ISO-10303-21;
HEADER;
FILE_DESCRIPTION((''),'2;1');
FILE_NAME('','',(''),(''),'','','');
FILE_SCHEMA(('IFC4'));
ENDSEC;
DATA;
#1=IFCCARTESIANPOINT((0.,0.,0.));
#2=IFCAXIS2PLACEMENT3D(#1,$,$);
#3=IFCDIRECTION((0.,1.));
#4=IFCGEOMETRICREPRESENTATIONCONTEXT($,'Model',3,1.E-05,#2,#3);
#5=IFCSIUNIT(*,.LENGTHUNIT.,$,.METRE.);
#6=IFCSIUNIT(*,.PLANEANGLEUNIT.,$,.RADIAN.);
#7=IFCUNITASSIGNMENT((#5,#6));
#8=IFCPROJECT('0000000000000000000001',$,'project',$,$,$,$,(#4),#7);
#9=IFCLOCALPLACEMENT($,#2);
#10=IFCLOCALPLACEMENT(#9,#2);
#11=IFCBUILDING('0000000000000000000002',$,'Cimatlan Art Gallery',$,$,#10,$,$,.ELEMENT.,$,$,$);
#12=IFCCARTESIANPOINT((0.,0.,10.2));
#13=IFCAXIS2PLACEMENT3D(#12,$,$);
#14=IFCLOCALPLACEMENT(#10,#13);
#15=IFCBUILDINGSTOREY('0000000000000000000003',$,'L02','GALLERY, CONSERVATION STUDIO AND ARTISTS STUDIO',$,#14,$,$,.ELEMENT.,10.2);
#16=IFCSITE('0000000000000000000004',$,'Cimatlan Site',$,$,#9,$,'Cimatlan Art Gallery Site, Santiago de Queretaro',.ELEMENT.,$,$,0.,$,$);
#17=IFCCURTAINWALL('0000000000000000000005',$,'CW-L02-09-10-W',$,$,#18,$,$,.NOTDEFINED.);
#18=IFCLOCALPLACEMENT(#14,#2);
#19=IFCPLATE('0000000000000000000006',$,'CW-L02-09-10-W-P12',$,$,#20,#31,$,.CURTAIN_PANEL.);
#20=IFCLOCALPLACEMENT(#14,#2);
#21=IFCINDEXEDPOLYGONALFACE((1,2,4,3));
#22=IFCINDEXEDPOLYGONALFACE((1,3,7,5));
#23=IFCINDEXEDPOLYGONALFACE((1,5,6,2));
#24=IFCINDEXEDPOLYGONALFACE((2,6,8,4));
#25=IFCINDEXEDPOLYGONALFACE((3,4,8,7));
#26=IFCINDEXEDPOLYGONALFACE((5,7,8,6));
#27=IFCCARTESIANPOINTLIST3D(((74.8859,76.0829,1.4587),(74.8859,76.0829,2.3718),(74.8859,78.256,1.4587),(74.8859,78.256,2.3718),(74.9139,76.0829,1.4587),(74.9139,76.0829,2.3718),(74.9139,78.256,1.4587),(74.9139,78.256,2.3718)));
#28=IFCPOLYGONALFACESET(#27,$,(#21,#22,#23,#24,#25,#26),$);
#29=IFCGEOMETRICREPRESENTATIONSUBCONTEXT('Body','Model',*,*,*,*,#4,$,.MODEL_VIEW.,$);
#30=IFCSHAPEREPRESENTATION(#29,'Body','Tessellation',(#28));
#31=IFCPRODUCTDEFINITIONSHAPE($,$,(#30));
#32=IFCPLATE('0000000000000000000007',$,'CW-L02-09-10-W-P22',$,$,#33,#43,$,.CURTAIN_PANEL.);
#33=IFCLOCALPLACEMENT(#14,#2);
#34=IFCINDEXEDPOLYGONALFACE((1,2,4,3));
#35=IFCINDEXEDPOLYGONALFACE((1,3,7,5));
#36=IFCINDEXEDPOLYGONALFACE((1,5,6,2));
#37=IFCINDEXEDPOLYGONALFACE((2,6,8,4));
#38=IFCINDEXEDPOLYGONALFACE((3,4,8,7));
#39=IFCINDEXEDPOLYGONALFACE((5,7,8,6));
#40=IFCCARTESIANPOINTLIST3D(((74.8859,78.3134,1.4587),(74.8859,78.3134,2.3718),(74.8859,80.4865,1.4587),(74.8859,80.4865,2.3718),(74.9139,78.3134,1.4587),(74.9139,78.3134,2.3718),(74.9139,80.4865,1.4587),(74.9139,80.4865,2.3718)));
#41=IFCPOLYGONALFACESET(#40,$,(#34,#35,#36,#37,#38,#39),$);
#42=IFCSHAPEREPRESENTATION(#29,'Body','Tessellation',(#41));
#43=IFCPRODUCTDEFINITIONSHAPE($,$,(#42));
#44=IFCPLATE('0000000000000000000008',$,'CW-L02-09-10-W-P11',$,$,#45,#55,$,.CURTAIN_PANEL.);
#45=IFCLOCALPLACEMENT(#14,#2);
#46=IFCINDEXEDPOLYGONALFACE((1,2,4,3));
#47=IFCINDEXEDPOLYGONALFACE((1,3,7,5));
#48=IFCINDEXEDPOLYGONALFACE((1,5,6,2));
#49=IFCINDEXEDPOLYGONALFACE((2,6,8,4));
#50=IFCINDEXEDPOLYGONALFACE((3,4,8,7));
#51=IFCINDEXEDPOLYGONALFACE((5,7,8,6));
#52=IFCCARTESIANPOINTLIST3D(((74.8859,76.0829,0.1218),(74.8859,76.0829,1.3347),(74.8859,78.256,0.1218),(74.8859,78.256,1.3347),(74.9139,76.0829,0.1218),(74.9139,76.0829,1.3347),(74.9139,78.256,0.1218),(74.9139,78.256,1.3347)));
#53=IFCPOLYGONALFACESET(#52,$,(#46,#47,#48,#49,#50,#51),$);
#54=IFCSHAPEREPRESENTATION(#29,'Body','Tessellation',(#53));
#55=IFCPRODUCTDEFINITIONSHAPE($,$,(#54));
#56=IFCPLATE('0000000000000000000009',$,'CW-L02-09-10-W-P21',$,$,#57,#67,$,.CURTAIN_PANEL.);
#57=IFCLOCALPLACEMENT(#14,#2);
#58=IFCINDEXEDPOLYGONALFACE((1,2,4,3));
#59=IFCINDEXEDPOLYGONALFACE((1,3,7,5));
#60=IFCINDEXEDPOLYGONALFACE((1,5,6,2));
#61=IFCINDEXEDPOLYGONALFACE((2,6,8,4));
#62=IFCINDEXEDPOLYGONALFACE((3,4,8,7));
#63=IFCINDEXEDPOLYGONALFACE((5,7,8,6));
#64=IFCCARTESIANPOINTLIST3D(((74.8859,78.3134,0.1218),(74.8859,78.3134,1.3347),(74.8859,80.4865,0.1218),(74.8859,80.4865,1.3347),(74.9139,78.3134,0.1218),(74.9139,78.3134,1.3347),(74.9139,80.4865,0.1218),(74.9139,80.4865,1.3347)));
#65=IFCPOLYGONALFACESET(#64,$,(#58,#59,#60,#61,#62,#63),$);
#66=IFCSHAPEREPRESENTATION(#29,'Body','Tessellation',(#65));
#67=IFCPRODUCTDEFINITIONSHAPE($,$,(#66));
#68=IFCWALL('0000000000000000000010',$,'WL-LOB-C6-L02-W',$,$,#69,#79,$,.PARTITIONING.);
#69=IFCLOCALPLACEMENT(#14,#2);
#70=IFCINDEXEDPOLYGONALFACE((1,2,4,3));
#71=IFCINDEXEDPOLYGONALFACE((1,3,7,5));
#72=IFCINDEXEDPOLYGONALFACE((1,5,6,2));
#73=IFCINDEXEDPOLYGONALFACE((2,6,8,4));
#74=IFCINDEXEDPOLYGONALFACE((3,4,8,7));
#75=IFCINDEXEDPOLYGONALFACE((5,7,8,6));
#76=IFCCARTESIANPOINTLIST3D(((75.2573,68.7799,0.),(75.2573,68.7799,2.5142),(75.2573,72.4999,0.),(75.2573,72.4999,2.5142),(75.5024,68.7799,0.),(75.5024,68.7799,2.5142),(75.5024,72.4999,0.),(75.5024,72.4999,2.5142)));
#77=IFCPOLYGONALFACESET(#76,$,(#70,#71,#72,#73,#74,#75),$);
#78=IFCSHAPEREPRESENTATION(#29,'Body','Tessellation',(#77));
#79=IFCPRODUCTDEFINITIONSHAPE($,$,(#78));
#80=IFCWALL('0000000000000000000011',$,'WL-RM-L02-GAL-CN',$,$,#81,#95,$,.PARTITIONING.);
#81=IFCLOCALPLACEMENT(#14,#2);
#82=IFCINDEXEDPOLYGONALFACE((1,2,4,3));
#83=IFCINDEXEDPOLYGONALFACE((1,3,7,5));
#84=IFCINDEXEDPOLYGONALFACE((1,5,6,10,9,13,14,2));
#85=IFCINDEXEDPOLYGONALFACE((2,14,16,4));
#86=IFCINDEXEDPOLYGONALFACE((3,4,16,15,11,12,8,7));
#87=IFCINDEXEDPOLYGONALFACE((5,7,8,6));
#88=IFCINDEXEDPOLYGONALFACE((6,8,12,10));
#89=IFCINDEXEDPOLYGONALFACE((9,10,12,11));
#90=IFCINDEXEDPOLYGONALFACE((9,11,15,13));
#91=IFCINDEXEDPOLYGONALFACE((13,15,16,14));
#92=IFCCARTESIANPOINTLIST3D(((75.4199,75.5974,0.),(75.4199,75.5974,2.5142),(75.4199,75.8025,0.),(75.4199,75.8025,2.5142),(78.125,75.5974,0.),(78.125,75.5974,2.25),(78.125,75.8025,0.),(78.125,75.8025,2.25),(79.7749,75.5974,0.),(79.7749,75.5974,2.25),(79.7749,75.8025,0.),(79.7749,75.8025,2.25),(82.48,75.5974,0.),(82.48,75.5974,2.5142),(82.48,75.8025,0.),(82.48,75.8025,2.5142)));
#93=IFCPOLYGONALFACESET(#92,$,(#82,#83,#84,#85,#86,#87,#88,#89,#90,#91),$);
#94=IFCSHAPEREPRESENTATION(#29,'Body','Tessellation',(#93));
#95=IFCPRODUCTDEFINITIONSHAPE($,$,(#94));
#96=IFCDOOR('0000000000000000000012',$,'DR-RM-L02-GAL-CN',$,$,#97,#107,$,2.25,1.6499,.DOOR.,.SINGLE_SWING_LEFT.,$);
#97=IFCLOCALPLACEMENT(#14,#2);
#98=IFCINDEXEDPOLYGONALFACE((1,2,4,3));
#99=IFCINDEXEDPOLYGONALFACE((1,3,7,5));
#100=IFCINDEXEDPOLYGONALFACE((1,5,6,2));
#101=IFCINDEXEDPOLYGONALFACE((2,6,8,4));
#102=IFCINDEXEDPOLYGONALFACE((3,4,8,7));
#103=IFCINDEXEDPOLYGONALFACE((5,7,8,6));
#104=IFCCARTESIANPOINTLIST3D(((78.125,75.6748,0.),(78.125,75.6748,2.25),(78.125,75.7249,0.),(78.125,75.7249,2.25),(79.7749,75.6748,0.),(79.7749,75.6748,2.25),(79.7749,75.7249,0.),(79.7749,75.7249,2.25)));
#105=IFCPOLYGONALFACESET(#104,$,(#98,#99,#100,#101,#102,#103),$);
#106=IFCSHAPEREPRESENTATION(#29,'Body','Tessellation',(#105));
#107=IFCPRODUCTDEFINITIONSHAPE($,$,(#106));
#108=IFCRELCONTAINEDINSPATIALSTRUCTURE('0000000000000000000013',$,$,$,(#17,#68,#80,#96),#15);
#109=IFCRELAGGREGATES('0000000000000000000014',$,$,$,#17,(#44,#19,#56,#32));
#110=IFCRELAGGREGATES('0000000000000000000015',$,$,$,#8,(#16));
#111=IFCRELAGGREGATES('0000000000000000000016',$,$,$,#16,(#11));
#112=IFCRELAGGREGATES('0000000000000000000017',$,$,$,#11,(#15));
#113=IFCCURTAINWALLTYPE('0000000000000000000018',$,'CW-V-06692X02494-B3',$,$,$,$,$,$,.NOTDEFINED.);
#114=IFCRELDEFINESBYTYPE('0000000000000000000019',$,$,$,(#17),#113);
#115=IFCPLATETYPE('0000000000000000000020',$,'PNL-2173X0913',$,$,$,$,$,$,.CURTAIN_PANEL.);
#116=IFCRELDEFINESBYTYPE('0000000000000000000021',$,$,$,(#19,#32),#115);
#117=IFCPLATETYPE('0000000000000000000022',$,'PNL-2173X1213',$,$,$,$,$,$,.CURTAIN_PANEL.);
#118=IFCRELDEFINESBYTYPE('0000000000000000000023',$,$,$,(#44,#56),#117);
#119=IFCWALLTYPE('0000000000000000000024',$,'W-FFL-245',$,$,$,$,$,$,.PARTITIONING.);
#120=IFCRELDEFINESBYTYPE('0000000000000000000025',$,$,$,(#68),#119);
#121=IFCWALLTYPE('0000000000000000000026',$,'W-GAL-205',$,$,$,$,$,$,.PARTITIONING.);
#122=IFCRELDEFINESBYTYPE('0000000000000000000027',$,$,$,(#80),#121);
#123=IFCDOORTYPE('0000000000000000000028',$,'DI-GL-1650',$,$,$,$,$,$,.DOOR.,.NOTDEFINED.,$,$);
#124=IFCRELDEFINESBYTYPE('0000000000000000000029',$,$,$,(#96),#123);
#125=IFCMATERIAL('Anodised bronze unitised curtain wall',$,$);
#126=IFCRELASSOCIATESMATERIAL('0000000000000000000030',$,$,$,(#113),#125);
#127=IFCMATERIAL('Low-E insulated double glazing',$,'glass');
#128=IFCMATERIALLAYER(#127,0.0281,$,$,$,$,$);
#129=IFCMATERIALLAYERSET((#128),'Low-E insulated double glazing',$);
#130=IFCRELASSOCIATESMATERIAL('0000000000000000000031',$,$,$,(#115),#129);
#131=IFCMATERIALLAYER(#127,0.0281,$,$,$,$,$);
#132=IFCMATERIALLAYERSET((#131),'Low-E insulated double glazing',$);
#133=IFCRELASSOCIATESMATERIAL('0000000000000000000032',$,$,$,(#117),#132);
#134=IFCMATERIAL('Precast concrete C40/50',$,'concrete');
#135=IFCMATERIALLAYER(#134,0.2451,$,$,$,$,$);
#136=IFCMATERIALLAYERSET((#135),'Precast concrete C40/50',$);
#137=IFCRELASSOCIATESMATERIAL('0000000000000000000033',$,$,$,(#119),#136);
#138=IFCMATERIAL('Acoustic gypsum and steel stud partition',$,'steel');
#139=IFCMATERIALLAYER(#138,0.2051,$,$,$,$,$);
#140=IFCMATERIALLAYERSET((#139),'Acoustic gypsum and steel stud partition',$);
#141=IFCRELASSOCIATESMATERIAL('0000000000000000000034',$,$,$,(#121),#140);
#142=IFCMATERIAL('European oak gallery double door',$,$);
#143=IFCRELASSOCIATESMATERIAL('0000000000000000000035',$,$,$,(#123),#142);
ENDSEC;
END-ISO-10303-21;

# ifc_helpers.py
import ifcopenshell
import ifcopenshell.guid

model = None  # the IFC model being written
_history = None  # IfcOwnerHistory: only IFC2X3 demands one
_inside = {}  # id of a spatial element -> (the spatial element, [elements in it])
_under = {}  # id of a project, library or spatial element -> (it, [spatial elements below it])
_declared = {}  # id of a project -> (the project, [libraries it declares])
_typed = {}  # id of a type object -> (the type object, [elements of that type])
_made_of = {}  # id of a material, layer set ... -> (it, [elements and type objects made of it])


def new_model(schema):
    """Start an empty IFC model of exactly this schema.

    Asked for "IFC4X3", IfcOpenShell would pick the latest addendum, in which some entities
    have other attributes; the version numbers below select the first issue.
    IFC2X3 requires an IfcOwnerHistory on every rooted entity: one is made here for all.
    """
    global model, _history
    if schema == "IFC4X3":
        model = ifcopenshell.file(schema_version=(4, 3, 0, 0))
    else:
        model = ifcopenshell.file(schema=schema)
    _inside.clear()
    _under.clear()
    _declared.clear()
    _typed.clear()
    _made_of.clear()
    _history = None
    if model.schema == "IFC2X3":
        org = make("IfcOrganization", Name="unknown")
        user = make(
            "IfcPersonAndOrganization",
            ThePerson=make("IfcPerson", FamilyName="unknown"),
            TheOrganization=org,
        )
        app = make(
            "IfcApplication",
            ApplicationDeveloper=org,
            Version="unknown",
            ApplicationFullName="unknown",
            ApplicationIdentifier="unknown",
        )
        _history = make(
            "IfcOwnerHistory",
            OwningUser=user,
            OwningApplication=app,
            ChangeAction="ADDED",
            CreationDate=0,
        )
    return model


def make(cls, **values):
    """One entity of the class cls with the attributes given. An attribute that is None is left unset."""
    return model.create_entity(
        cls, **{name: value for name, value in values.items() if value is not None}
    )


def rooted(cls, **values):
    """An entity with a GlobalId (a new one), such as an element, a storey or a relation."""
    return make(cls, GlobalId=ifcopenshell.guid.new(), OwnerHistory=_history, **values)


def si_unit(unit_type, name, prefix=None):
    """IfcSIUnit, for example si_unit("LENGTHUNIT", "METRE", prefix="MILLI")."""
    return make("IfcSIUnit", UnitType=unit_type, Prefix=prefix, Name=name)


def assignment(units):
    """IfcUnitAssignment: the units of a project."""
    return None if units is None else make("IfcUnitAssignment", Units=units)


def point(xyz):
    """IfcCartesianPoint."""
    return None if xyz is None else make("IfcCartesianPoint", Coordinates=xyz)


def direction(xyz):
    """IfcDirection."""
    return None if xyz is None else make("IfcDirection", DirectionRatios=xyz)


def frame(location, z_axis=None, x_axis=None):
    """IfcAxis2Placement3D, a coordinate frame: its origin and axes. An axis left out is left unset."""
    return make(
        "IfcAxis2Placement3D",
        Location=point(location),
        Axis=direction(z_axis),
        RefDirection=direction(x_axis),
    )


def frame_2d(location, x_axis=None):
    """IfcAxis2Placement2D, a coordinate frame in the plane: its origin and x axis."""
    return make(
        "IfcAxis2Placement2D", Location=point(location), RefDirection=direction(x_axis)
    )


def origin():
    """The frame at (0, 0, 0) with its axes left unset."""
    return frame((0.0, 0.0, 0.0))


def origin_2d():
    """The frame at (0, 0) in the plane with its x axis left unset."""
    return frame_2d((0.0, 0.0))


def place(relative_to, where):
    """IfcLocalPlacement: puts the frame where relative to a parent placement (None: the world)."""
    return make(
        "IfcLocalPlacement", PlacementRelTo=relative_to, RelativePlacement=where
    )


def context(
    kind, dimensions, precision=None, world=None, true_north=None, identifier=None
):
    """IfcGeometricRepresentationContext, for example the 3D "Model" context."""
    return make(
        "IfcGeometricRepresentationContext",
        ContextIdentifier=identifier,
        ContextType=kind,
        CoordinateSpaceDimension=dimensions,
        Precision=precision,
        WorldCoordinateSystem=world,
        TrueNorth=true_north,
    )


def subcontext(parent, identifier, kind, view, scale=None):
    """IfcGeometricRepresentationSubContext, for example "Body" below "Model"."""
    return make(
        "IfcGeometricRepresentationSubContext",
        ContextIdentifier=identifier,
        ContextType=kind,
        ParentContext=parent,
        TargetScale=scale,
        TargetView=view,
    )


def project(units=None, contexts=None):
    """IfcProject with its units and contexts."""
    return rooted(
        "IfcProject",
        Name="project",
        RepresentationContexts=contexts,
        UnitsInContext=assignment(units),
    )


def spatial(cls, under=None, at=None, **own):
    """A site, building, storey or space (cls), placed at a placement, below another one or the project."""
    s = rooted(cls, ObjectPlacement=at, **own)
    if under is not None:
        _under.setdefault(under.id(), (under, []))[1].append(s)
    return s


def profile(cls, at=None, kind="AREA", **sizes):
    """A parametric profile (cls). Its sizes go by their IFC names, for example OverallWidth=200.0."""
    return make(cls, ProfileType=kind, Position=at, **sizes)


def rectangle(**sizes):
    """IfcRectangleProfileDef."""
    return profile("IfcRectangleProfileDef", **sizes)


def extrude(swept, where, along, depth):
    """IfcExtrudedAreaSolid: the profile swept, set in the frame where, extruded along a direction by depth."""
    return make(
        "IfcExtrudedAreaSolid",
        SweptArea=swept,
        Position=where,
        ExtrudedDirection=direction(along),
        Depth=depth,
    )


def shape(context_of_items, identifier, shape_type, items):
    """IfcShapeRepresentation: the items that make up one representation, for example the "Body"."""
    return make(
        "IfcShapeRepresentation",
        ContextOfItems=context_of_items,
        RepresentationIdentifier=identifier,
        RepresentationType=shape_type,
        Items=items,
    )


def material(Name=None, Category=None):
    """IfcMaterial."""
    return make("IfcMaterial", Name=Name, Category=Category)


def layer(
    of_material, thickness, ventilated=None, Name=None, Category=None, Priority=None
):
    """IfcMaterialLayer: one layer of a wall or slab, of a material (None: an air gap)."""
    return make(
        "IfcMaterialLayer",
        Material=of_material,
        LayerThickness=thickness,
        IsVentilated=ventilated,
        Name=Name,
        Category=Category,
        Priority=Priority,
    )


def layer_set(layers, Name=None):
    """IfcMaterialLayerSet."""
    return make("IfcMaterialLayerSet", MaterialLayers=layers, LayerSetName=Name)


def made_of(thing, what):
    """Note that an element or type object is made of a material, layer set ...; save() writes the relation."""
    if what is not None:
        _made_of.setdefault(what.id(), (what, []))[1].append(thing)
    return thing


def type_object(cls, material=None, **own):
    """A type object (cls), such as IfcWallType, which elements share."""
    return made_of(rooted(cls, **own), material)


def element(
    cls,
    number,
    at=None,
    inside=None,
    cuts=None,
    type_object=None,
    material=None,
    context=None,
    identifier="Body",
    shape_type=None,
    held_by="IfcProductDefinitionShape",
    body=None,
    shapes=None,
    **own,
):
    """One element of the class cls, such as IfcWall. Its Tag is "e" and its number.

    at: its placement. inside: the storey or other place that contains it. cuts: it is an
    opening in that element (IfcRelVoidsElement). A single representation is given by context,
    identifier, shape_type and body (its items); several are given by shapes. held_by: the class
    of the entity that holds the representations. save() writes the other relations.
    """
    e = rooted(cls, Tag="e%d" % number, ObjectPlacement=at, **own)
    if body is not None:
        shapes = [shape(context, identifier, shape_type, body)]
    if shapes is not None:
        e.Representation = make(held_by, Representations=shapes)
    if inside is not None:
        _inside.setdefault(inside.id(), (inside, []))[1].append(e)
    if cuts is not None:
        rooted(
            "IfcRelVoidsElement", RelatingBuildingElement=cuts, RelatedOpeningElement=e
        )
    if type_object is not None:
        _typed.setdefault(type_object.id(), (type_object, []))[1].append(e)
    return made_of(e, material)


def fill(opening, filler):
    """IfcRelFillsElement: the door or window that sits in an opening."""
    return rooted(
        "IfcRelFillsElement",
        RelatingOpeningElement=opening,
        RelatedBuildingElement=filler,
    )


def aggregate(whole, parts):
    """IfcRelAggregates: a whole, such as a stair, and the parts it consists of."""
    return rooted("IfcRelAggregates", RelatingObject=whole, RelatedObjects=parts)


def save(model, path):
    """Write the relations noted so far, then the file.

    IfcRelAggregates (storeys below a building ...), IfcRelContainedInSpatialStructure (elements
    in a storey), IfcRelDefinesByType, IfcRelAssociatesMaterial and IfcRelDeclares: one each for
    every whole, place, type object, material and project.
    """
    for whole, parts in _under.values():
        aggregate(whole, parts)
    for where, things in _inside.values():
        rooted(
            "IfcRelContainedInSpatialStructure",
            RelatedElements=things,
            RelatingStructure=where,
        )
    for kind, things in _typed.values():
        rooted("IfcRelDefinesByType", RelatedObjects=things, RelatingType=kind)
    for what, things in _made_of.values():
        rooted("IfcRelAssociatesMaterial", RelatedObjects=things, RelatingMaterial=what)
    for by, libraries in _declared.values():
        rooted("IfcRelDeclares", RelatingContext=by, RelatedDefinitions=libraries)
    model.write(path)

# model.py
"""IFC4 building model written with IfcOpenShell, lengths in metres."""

from ifc_helpers import new_model, si_unit, direction, frame, frame_2d, origin, origin_2d, place, context, subcontext, project, spatial, rectangle, extrude, material, layer, layer_set, type_object, element, fill, aggregate, save


model = new_model("IFC4")

# Units and contexts
model_context = context("Model", 3, precision=1e-05, world=origin(), true_north=direction((0.0, 1.0)))
body_context = subcontext(model_context, "Body", "Model", "MODEL_VIEW")
ifc_project = project(units=[si_unit("LENGTHUNIT", "METRE"), si_unit("PLANEANGLEUNIT", "RADIAN")], contexts=[model_context])

# Site, building, storey
site_placement = place(None, origin())
site = spatial("IfcSite", under=ifc_project, at=site_placement, Name="Cimatlan Site", LongName="Cimatlan Art Gallery Site, Santiago de Queretaro", CompositionType="ELEMENT", RefElevation=0.0)
building_placement = place(site_placement, origin())
building = spatial("IfcBuilding", under=site, at=building_placement, Name="Cimatlan Art Gallery", CompositionType="ELEMENT")
storey_placement = place(building_placement, frame((0.0, 0.0, 10.2)))
storey = spatial("IfcBuildingStorey", under=building, at=storey_placement, Name="L02", Description="GALLERY, CONSERVATION STUDIO AND ARTISTS STUDIO", CompositionType="ELEMENT", Elevation=10.2)

# Curtain wall
ifc_material_1 = material(Name="Anodised bronze unitised curtain wall")
curtain_wall_type_1 = type_object("IfcCurtainWallType", Name="CW-V-06692X02494-B3", PredefinedType="NOTDEFINED", material=ifc_material_1)
curtain_wall_1_placement = place(storey_placement, origin())
curtain_wall_1 = element("IfcCurtainWall", 1, at=curtain_wall_1_placement, inside=storey, type_object=curtain_wall_type_1, Name="CW-L02-09-10-W", PredefinedType="NOTDEFINED")

# Plates
ifc_material_2 = material(Name="Low-E insulated double glazing", Category="glass")
ifc_layer_1 = layer(ifc_material_2, 0.0281)
ifc_layer_set_1 = layer_set([ifc_layer_1], Name="Low-E insulated double glazing")
plate_type_1 = type_object("IfcPlateType", Name="PNL-2173X0913", PredefinedType="CURTAIN_PANEL", material=ifc_layer_set_1)
plate_1_placement = place(storey_placement, frame((74.8999, 77.1694, 1.4587), z_axis=(0.0, 0.0, 1.0), x_axis=(0.0, 1.0, 0.0)))
plate_1 = element("IfcPlate", 2, at=plate_1_placement, type_object=plate_type_1, Name="CW-L02-09-10-W-P12", PredefinedType="CURTAIN_PANEL", context=body_context, shape_type="SweptSolid", body=[
    extrude(rectangle(XDim=2.1731, YDim=0.0281, at=origin_2d()), origin(), (0.0, 0.0, 1.0), 0.9131),
])
plate_2_placement = place(storey_placement, frame((74.8999, 79.3999, 1.4587), z_axis=(0.0, 0.0, 1.0), x_axis=(0.0, 1.0, 0.0)))
plate_2 = element("IfcPlate", 3, at=plate_2_placement, type_object=plate_type_1, Name="CW-L02-09-10-W-P22", PredefinedType="CURTAIN_PANEL", context=body_context, shape_type="SweptSolid", body=[
    extrude(rectangle(XDim=2.1731, YDim=0.0281, at=origin_2d()), origin(), (0.0, 0.0, 1.0), 0.9131),
])
ifc_layer_2 = layer(ifc_material_2, 0.0281)
ifc_layer_set_2 = layer_set([ifc_layer_2], Name="Low-E insulated double glazing")
plate_type_2 = type_object("IfcPlateType", Name="PNL-2173X1213", PredefinedType="CURTAIN_PANEL", material=ifc_layer_set_2)
plate_3_placement = place(storey_placement, frame((74.8999, 77.1694, 0.1218), z_axis=(0.0, 0.0, 1.0), x_axis=(0.0, 1.0, 0.0)))
plate_3 = element("IfcPlate", 4, at=plate_3_placement, type_object=plate_type_2, Name="CW-L02-09-10-W-P11", PredefinedType="CURTAIN_PANEL", context=body_context, shape_type="SweptSolid", body=[
    extrude(rectangle(XDim=2.1731, YDim=0.0281, at=origin_2d()), origin(), (0.0, 0.0, 1.0), 1.2129),
])
plate_4_placement = place(storey_placement, frame((74.8999, 79.3999, 0.1218), z_axis=(0.0, 0.0, 1.0), x_axis=(0.0, 1.0, 0.0)))
plate_4 = element("IfcPlate", 5, at=plate_4_placement, type_object=plate_type_2, Name="CW-L02-09-10-W-P21", PredefinedType="CURTAIN_PANEL", context=body_context, shape_type="SweptSolid", body=[
    extrude(rectangle(XDim=2.1731, YDim=0.0281, at=origin_2d()), origin(), (0.0, 0.0, 1.0), 1.2129),
])
aggregate(curtain_wall_1, [plate_3, plate_1, plate_4, plate_2])

# Shared definitions
ifc_material_3 = material(Name="Precast concrete C40/50", Category="concrete")
ifc_layer_3 = layer(ifc_material_3, 0.2451)
ifc_layer_set_3 = layer_set([ifc_layer_3], Name="Precast concrete C40/50")
wall_type_1 = type_object("IfcWallType", Name="W-FFL-245", PredefinedType="PARTITIONING", material=ifc_layer_set_3)

# Wall
wall_1_placement = place(storey_placement, frame((75.3799, 68.78, 0.0), z_axis=(0.0, 0.0, 1.0), x_axis=(0.0, 1.0, 0.0)))
element("IfcWall", 6, at=wall_1_placement, inside=storey, type_object=wall_type_1, Name="WL-LOB-C6-L02-W", PredefinedType="PARTITIONING", context=body_context, shape_type="SweptSolid", body=[
    extrude(rectangle(XDim=3.72, YDim=0.2451, at=frame_2d((1.8599, 0.0))), origin(), (0.0, 0.0, 1.0), 2.5142),
])

# Wall, opening, door
ifc_material_4 = material(Name="Acoustic gypsum and steel stud partition", Category="steel")
ifc_layer_4 = layer(ifc_material_4, 0.2051)
ifc_layer_set_4 = layer_set([ifc_layer_4], Name="Acoustic gypsum and steel stud partition")
wall_type_2 = type_object("IfcWallType", Name="W-GAL-205", PredefinedType="PARTITIONING", material=ifc_layer_set_4)
wall_2_placement = place(storey_placement, frame((75.4199, 75.7, 0.0), z_axis=(0.0, 0.0, 1.0), x_axis=(1.0, 0.0, 0.0)))
wall_2 = element("IfcWall", 7, at=wall_2_placement, inside=storey, type_object=wall_type_2, Name="WL-RM-L02-GAL-CN", PredefinedType="PARTITIONING", context=body_context, shape_type="SweptSolid", body=[
    extrude(rectangle(XDim=7.0601, YDim=0.2051, at=frame_2d((3.53, 0.0))), origin(), (0.0, 0.0, 1.0), 2.5142),
])
opening_1_placement = place(wall_2_placement, frame((2.7051, 0.0, 0.0)))
opening_1 = element("IfcOpeningElement", 8, at=opening_1_placement, cuts=wall_2, PredefinedType="OPENING", context=body_context, shape_type="SweptSolid", body=[
    extrude(rectangle(XDim=1.6499, YDim=2.25, at=frame_2d((0.825, 1.125))), frame((0.0, 0.1125, 0.0), z_axis=(0.0, -1.0, 0.0), x_axis=(1.0, 0.0, 0.0)), (0.0, 0.0, 1.0), 0.2251),
])
ifc_material_5 = material(Name="European oak gallery double door")
door_type_1 = type_object("IfcDoorType", Name="DI-GL-1650", OperationType="NOTDEFINED", PredefinedType="DOOR", material=ifc_material_5)
door_1_placement = place(opening_1_placement, origin())
door_1 = element("IfcDoor", 9, at=door_1_placement, inside=storey, type_object=door_type_1, Name="DR-RM-L02-GAL-CN", OperationType="SINGLE_SWING_LEFT", OverallHeight=2.25, OverallWidth=1.6499, PredefinedType="DOOR", context=body_context, shape_type="SweptSolid", body=[
    extrude(rectangle(XDim=1.6499, YDim=2.25, at=frame_2d((0.825, 1.125))), frame((0.0, 0.0249, 0.0), z_axis=(0.0, -1.0, 0.0), x_axis=(1.0, 0.0, 0.0)), (0.0, 0.0, 1.0), 0.05),
])
fill(opening_1, door_1)

save(model, "model.ifc")
